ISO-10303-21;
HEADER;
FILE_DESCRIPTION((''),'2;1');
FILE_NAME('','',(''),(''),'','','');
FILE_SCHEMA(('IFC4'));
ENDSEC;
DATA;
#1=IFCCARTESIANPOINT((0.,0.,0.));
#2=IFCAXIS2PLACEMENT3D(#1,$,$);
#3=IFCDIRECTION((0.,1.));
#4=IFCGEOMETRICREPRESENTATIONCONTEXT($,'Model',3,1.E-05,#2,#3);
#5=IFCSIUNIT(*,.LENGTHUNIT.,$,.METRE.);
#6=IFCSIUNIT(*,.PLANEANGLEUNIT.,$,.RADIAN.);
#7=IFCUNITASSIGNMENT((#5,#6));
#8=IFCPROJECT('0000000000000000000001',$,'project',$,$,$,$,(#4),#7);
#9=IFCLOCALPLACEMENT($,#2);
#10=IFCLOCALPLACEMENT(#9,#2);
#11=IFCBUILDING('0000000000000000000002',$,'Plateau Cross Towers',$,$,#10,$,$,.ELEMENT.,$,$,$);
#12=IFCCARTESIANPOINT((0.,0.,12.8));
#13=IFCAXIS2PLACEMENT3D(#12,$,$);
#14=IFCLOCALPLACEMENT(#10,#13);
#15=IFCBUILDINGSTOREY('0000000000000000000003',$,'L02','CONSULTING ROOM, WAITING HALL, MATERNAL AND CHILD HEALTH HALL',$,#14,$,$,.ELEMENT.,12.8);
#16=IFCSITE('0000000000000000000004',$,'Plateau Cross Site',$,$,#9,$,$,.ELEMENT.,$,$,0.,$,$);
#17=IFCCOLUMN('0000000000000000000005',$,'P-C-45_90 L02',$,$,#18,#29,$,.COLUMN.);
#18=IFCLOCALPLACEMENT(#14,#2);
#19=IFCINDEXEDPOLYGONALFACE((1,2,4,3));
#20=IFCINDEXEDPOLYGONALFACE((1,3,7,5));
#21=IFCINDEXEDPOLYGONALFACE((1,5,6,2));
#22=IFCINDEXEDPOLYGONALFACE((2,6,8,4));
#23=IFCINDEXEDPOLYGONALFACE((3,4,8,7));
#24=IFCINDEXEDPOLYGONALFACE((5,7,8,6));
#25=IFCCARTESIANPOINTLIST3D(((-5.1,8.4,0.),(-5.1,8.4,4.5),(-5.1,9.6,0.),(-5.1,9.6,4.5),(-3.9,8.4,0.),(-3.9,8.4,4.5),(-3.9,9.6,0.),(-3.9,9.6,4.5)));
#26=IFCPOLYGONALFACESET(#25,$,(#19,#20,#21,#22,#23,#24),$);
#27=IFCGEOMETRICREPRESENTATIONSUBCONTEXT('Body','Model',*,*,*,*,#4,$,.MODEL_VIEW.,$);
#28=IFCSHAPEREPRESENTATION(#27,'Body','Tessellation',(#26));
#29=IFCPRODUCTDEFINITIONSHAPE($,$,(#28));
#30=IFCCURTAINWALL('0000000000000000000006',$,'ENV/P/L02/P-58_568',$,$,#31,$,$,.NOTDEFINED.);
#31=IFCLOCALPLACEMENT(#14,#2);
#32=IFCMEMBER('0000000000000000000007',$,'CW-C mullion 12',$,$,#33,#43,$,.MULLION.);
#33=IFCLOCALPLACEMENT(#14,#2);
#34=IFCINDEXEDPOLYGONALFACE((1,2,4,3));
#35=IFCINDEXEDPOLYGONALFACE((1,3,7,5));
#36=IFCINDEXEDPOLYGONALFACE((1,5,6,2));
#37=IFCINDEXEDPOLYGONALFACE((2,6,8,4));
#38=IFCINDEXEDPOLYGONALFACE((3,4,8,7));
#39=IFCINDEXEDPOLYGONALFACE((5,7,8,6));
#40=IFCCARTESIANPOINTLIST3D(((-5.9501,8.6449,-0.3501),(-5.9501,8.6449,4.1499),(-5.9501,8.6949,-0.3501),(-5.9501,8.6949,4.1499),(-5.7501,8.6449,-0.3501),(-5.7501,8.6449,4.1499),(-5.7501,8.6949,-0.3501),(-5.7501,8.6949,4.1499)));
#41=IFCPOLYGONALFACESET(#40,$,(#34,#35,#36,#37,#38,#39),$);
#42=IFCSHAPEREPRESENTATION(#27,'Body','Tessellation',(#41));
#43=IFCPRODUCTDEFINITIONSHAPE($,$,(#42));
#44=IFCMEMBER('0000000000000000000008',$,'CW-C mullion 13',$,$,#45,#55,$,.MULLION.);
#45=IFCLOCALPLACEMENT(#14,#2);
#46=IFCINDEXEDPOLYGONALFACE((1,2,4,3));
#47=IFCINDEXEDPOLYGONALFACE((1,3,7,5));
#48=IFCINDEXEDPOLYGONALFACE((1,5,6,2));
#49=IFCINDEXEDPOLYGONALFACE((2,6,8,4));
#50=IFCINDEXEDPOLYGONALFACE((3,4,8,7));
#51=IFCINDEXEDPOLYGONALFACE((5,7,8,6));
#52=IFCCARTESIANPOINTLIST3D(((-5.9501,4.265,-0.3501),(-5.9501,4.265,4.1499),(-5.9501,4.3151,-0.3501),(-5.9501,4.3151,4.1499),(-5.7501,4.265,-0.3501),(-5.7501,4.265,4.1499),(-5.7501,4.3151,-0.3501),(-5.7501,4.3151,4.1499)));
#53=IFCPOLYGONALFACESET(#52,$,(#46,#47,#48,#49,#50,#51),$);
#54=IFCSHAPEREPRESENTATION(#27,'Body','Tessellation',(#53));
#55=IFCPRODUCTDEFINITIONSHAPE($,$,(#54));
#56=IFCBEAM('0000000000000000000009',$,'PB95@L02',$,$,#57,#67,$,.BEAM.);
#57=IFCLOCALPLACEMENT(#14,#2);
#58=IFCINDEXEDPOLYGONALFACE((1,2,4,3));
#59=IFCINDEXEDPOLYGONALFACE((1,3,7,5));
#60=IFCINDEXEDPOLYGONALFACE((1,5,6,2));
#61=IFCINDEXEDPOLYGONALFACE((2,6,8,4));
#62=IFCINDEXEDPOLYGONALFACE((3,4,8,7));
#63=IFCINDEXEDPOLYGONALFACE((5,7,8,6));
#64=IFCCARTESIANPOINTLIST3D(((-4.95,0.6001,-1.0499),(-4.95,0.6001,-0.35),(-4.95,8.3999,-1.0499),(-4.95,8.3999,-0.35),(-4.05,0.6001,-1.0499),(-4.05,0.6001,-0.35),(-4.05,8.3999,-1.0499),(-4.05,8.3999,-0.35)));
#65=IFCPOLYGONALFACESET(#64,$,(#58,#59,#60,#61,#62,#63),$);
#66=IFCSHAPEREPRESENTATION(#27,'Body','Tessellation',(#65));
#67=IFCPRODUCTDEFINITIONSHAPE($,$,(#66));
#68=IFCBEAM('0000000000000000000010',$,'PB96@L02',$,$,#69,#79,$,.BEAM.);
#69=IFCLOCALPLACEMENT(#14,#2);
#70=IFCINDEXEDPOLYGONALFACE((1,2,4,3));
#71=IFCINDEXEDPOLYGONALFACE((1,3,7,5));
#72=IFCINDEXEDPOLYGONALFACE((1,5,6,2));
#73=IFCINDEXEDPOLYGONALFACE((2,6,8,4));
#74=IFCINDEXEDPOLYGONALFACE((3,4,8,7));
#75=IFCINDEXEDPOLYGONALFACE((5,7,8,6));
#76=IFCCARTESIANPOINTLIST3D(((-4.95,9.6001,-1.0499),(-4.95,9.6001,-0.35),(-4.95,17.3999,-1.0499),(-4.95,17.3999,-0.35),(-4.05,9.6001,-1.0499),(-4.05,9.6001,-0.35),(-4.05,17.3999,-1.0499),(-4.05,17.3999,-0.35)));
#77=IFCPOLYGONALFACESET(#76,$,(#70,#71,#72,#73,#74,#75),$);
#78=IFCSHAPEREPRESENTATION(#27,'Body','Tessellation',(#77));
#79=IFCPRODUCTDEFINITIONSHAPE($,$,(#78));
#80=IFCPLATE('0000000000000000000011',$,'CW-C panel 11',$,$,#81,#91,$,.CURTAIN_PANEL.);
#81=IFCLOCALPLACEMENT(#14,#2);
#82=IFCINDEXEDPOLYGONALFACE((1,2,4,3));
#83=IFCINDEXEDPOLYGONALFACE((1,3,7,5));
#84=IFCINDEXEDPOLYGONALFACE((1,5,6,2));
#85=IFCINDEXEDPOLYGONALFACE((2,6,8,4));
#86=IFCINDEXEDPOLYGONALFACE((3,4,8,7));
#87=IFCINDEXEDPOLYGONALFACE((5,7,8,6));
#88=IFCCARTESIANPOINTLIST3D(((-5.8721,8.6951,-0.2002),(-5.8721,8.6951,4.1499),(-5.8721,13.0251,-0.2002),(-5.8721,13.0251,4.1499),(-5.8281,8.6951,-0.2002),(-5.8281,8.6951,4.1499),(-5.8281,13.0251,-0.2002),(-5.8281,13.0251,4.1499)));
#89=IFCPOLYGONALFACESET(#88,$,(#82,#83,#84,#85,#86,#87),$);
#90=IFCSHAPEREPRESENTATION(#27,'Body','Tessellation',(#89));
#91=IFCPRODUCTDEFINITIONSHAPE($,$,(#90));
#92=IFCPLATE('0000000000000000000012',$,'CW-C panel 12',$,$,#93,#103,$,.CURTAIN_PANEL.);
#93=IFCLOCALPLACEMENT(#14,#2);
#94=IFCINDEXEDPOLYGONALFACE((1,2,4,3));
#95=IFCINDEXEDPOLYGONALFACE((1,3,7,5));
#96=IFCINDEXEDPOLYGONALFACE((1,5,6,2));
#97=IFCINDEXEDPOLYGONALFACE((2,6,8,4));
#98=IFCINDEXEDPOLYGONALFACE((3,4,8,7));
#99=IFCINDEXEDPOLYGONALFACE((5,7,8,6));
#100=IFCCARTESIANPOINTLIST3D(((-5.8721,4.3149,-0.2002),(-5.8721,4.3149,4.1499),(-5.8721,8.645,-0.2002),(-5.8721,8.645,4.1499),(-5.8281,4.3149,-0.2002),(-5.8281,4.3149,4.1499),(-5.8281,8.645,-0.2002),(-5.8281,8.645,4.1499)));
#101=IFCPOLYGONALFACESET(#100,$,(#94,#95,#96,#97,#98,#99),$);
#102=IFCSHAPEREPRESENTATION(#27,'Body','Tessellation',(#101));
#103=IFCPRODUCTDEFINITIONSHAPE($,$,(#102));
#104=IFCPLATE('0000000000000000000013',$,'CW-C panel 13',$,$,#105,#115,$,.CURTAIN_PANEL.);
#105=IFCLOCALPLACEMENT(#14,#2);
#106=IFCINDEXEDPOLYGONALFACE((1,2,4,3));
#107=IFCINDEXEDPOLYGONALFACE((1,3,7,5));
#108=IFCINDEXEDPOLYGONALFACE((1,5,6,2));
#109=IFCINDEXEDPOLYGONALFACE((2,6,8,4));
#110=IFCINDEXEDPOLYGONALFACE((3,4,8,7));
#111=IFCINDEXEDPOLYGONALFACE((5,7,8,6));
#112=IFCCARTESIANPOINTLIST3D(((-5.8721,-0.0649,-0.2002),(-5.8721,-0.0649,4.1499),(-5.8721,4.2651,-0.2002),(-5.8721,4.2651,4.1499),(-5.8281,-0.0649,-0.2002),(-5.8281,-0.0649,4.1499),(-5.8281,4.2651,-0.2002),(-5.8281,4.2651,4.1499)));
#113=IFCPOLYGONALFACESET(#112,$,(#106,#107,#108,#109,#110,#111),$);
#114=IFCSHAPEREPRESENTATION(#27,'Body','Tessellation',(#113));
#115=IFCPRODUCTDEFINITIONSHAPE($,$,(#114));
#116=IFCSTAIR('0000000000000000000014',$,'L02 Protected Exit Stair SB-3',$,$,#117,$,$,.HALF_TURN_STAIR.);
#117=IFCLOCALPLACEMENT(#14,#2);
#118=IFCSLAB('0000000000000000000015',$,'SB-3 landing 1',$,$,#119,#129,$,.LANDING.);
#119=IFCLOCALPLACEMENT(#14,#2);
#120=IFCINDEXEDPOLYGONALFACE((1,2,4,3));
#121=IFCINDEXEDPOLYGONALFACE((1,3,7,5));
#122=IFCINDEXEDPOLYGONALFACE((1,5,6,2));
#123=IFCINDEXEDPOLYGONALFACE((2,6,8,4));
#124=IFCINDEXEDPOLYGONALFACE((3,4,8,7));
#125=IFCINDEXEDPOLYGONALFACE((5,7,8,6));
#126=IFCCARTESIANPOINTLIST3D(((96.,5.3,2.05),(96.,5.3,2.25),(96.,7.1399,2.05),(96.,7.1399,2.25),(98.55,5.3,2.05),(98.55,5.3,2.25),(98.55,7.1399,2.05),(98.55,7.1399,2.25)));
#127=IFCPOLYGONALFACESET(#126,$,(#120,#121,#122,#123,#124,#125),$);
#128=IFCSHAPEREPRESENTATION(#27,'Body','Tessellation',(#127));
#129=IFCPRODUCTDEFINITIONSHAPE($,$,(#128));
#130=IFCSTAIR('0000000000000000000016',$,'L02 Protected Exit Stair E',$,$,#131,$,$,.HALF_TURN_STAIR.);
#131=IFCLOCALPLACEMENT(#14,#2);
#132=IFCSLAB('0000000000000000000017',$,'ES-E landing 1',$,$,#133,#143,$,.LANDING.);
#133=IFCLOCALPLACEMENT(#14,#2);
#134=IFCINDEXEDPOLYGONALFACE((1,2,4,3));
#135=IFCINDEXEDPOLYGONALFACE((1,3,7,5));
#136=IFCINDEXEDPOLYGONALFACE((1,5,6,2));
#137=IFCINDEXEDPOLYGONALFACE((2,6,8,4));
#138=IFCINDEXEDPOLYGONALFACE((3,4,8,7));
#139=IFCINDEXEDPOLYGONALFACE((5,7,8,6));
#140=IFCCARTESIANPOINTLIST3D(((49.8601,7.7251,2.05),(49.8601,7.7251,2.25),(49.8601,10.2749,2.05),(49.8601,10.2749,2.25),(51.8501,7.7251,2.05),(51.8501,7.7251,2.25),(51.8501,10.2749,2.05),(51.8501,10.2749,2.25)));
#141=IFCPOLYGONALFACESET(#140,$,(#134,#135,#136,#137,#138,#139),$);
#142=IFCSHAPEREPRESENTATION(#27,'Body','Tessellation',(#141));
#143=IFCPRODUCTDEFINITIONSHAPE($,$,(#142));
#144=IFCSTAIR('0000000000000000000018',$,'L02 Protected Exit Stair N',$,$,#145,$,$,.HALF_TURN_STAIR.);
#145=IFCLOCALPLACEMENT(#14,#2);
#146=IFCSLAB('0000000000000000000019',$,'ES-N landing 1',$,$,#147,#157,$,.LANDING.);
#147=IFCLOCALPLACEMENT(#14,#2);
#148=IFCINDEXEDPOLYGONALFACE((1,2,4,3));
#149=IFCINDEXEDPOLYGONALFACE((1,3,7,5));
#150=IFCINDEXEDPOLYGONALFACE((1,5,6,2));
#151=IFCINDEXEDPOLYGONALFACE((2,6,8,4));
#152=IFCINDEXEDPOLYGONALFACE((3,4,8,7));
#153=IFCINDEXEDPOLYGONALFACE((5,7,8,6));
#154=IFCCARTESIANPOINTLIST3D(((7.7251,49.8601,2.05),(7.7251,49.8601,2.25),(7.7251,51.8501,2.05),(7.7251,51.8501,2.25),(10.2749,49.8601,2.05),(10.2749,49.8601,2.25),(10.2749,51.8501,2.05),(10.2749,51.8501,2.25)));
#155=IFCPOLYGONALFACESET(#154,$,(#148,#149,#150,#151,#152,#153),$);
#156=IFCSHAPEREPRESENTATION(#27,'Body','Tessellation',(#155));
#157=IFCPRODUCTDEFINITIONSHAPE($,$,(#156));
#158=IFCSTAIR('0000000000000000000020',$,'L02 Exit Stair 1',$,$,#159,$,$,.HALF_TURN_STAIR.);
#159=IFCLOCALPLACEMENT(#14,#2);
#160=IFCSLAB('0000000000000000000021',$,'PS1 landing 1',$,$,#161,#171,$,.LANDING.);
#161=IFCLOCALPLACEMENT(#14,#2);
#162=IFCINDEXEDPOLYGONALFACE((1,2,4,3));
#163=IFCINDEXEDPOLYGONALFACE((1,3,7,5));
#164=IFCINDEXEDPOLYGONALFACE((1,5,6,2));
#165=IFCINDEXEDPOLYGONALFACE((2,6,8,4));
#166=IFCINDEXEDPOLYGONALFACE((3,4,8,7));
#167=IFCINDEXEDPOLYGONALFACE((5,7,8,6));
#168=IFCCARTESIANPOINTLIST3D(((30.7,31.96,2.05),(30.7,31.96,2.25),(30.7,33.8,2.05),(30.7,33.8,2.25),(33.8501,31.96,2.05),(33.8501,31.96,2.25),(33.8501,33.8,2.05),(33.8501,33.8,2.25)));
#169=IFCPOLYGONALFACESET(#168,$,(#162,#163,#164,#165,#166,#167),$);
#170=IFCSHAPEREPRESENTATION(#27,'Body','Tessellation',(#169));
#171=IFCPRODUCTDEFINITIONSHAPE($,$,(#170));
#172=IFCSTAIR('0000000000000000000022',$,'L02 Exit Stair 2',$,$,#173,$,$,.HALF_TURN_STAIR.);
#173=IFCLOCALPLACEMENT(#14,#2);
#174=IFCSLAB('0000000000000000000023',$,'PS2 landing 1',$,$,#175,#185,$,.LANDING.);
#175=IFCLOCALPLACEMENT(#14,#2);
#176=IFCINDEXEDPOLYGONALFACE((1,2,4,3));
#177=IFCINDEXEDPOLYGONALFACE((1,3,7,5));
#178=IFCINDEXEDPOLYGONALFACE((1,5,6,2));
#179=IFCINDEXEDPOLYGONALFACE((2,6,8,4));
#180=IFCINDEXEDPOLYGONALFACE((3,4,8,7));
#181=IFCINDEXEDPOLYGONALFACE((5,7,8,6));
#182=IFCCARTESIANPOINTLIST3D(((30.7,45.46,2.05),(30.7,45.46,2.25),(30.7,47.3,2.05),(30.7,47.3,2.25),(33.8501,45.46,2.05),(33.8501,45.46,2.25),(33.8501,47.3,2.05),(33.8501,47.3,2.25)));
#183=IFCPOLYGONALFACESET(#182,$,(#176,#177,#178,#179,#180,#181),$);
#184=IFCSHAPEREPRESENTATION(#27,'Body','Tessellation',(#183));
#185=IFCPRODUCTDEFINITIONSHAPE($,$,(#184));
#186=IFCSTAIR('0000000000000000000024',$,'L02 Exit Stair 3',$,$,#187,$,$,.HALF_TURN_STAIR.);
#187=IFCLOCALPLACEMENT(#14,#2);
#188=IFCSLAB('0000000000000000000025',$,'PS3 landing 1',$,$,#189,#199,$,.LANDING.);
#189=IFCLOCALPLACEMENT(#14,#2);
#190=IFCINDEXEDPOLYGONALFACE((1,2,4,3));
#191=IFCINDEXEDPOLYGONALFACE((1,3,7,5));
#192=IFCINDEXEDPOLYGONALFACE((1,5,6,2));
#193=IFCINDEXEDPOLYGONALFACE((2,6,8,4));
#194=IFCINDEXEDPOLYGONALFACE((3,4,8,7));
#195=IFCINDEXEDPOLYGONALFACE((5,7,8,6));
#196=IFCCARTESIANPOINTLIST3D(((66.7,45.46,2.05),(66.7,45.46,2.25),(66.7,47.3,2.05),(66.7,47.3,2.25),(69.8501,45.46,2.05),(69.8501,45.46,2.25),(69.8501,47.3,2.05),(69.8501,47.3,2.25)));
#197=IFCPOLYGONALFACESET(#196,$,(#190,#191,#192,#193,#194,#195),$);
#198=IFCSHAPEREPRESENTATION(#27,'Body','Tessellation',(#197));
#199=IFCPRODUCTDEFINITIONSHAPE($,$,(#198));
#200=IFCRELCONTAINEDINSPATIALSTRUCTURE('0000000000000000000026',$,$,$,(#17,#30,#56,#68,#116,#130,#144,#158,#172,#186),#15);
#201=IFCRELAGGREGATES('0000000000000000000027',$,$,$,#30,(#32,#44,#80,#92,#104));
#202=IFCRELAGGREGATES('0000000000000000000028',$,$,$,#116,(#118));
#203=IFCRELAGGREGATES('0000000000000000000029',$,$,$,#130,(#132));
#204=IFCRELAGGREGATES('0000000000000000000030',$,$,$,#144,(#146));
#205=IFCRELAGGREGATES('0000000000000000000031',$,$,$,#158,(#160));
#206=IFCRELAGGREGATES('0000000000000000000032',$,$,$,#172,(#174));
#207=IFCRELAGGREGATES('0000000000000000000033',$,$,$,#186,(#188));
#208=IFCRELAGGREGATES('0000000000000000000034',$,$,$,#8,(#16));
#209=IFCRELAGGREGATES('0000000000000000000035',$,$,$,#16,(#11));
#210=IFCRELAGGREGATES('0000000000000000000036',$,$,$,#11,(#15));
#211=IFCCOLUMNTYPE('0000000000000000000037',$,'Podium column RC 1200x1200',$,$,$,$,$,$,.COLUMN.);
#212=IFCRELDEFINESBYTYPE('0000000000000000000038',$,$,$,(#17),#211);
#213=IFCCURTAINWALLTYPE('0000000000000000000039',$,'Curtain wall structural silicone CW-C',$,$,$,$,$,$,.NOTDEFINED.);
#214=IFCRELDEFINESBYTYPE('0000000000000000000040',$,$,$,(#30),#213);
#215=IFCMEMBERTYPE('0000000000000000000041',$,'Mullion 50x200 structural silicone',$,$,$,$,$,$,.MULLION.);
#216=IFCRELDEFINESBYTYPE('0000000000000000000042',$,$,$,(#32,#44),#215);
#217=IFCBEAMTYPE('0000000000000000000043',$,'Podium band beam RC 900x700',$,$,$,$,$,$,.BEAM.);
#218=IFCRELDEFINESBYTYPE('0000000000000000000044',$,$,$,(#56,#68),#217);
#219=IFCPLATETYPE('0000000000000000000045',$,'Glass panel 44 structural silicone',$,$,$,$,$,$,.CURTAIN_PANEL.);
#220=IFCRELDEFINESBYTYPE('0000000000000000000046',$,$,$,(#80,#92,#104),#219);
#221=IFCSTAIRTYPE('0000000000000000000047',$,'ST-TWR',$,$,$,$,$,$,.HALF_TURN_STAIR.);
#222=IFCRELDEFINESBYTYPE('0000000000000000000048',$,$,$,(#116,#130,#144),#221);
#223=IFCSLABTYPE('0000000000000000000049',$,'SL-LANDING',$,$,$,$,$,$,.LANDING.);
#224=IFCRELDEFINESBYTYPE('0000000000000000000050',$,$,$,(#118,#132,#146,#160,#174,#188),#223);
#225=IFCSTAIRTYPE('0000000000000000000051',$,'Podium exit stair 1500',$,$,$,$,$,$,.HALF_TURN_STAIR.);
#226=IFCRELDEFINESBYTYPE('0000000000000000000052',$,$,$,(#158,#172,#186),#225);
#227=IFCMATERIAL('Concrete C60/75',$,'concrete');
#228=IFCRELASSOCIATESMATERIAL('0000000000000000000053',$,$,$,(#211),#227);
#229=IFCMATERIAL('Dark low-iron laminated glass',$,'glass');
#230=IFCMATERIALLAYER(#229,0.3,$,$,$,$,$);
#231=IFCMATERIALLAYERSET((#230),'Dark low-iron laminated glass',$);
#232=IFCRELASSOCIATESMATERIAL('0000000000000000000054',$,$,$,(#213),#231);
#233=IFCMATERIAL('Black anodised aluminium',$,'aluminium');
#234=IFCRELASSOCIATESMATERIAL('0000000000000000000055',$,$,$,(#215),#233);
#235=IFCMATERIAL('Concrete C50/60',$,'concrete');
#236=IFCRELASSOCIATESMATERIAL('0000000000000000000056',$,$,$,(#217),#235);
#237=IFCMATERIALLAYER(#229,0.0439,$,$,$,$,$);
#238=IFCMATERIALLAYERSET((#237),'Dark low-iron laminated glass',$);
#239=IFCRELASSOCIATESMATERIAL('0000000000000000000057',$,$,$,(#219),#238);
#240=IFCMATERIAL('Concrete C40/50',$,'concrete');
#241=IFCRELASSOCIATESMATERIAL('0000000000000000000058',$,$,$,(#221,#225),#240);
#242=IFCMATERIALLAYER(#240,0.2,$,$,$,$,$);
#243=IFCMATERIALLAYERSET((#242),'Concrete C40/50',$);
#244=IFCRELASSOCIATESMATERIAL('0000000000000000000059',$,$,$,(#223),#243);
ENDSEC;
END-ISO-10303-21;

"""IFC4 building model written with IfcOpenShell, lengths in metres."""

from ifc_helpers import new_model, si_unit, direction, frame, origin, origin_2d, place, context, subcontext, project, spatial, polyline, rectangle, outline, extrude, material, layer, layer_set, material_profile, profile_set, type_object, element, aggregate, save


model = new_model("IFC4")

# Units and contexts
model_context = context("Model", 3, precision=1e-05, world=origin(), true_north=direction((0.0, 1.0)))
body_context = subcontext(model_context, "Body", "Model", "MODEL_VIEW")
ifc_project = project(units=[si_unit("LENGTHUNIT", "METRE"), si_unit("PLANEANGLEUNIT", "RADIAN")], contexts=[model_context])

# Site, building, storey
site_placement = place(None, origin())
site = spatial("IfcSite", under=ifc_project, at=site_placement, Name="Plateau Cross Site", CompositionType="ELEMENT", RefElevation=0.0)
building_placement = place(site_placement, origin())
building = spatial("IfcBuilding", under=site, at=building_placement, Name="Plateau Cross Towers", CompositionType="ELEMENT")
storey_placement = place(building_placement, frame((0.0, 0.0, 12.8)))
storey = spatial("IfcBuildingStorey", under=building, at=storey_placement, Name="L02", Description="CONSULTING ROOM, WAITING HALL, MATERNAL AND CHILD HEALTH HALL", CompositionType="ELEMENT", Elevation=12.8)

# Column
ifc_material_1 = material(Name="Concrete C60/75", Category="concrete")
ifc_material_profile_1 = material_profile(ifc_material_1, rectangle(XDim=1.2, YDim=1.2, at=origin_2d()), Name="RC 1200x1200")
ifc_profile_set_1 = profile_set([ifc_material_profile_1], Name="Concrete C60/75")
column_type = type_object("IfcColumnType", Name="Podium column RC 1200x1200", PredefinedType="COLUMN", material=ifc_profile_set_1)
column_placement = place(storey_placement, frame((-4.5, 9.0, 0.0), z_axis=(0.0, 0.0, 1.0), x_axis=(1.0, 0.0, 0.0)))
element("IfcColumn", 1, at=column_placement, inside=storey, type_object=column_type, Name="P-C-45_90 L02", PredefinedType="COLUMN", context=body_context, shape_type="SweptSolid", body=[
    extrude(rectangle(XDim=1.2, YDim=1.2, at=origin_2d()), origin(), (0.0, 0.0, 1.0), 4.5),
])

# Curtain wall, members
ifc_material_2 = material(Name="Dark low-iron laminated glass", Category="glass")
ifc_layer_1 = layer(ifc_material_2, 0.3)
ifc_layer_set_1 = layer_set([ifc_layer_1], Name="Dark low-iron laminated glass")
curtain_wall_type = type_object("IfcCurtainWallType", Name="Curtain wall structural silicone CW-C", PredefinedType="NOTDEFINED", material=ifc_layer_set_1)
curtain_wall_placement = place(storey_placement, origin())
curtain_wall = element("IfcCurtainWall", 2, at=curtain_wall_placement, inside=storey, type_object=curtain_wall_type, Name="ENV/P/L02/P-58_568", PredefinedType="NOTDEFINED")
ifc_material_3 = material(Name="Black anodised aluminium", Category="aluminium")
ifc_material_profile_2 = material_profile(ifc_material_3, rectangle(XDim=0.05, YDim=0.2, at=origin_2d()), Name="MULLION 50x200")
ifc_profile_set_2 = profile_set([ifc_material_profile_2], Name="Black anodised aluminium")
member_type = type_object("IfcMemberType", Name="Mullion 50x200 structural silicone", PredefinedType="MULLION", material=ifc_profile_set_2)
member_1_placement = place(storey_placement, frame((-5.8501, 8.6699, -0.3501), z_axis=(0.0, 0.0, 1.0), x_axis=(0.0, -1.0, 0.0)))
member_1 = element("IfcMember", 3, at=member_1_placement, type_object=member_type, Name="CW-C mullion 12", PredefinedType="MULLION", context=body_context, shape_type="SweptSolid", body=[
    extrude(rectangle(XDim=0.05, YDim=0.2, at=origin_2d()), origin(), (0.0, 0.0, 1.0), 4.5),
])
member_2_placement = place(storey_placement, frame((-5.8501, 4.29, -0.3501), z_axis=(0.0, 0.0, 1.0), x_axis=(0.0, -1.0, 0.0)))
member_2 = element("IfcMember", 4, at=member_2_placement, type_object=member_type, Name="CW-C mullion 13", PredefinedType="MULLION", context=body_context, shape_type="SweptSolid", body=[
    extrude(rectangle(XDim=0.05, YDim=0.2, at=origin_2d()), origin(), (0.0, 0.0, 1.0), 4.5),
])

# Beams
ifc_material_4 = material(Name="Concrete C50/60", Category="concrete")
ifc_material_profile_3 = material_profile(ifc_material_4, rectangle(XDim=0.8999, YDim=0.7, at=origin_2d()), Name="RC 900x700")
ifc_profile_set_3 = profile_set([ifc_material_profile_3], Name="Concrete C50/60")
beam_type = type_object("IfcBeamType", Name="Podium band beam RC 900x700", PredefinedType="BEAM", material=ifc_profile_set_3)
for number, where, z_axis, x_axis, name in (
    (5, (-4.5, 0.6001, -0.7), (0.0, 1.0, 0.0), (-1.0, 0.0, 0.0), "PB95@L02"),
    (6, (-4.5, 9.6001, -0.7), (0.0, 1.0, 0.0), (-1.0, 0.0, 0.0), "PB96@L02"),
):
    element("IfcBeam", number, at=place(storey_placement, frame(where, z_axis=z_axis, x_axis=x_axis)), inside=storey, type_object=beam_type, Name=name, PredefinedType="BEAM", context=body_context, shape_type="SweptSolid", body=[
        extrude(rectangle(XDim=0.8999, YDim=0.7, at=origin_2d()), origin(), (0.0, 0.0, 1.0), 7.7998),
    ])

# Plates
ifc_layer_2 = layer(ifc_material_2, 0.0439)
ifc_layer_set_2 = layer_set([ifc_layer_2], Name="Dark low-iron laminated glass")
plate_type = type_object("IfcPlateType", Name="Glass panel 44 structural silicone", PredefinedType="CURTAIN_PANEL", material=ifc_layer_set_2)
plate_1_placement = place(storey_placement, frame((-5.8501, 10.8601, -0.2002), z_axis=(0.0, 0.0, 1.0), x_axis=(0.0, -1.0, 0.0)))
plate_1 = element("IfcPlate", 7, at=plate_1_placement, type_object=plate_type, Name="CW-C panel 11", PredefinedType="CURTAIN_PANEL", context=body_context, shape_type="SweptSolid", body=[
    extrude(rectangle(XDim=4.3301, YDim=0.0439, at=origin_2d()), origin(), (0.0, 0.0, 1.0), 4.3501),
])
plate_2_placement = place(storey_placement, frame((-5.8501, 6.48, -0.2002), z_axis=(0.0, 0.0, 1.0), x_axis=(0.0, -1.0, 0.0)))
plate_2 = element("IfcPlate", 8, at=plate_2_placement, type_object=plate_type, Name="CW-C panel 12", PredefinedType="CURTAIN_PANEL", context=body_context, shape_type="SweptSolid", body=[
    extrude(rectangle(XDim=4.3301, YDim=0.0439, at=origin_2d()), origin(), (0.0, 0.0, 1.0), 4.3501),
])
plate_3_placement = place(storey_placement, frame((-5.8501, 2.1001, -0.2002), z_axis=(0.0, 0.0, 1.0), x_axis=(0.0, -1.0, 0.0)))
plate_3 = element("IfcPlate", 9, at=plate_3_placement, type_object=plate_type, Name="CW-C panel 13", PredefinedType="CURTAIN_PANEL", context=body_context, shape_type="SweptSolid", body=[
    extrude(rectangle(XDim=4.3301, YDim=0.0439, at=origin_2d()), origin(), (0.0, 0.0, 1.0), 4.3501),
])
aggregate(curtain_wall, [member_1, member_2, plate_1, plate_2, plate_3])

# Stairs, slabs
ifc_material_5 = material(Name="Concrete C40/50", Category="concrete")
stair_type_1 = type_object("IfcStairType", Name="ST-TWR", PredefinedType="HALF_TURN_STAIR", material=ifc_material_5)
stair_1_placement = place(storey_placement, origin())
stair_1 = element("IfcStair", 10, at=stair_1_placement, inside=storey, type_object=stair_type_1, Name="L02 Protected Exit Stair SB-3", PredefinedType="HALF_TURN_STAIR")
ifc_layer_3 = layer(ifc_material_5, 0.2)
ifc_layer_set_3 = layer_set([ifc_layer_3], Name="Concrete C40/50")
slab_type = type_object("IfcSlabType", Name="SL-LANDING", PredefinedType="LANDING", material=ifc_layer_set_3)
slab_1_placement = place(storey_placement, frame((0.0, 0.0, 2.05)))
slab_1 = element("IfcSlab", 11, at=slab_1_placement, type_object=slab_type, Name="SB-3 landing 1", PredefinedType="LANDING", context=body_context, shape_type="SweptSolid", body=[
    extrude(outline(polyline([(96.0, 7.1399), (96.0, 5.3), (98.55, 5.3), (98.55, 7.1399), (96.0, 7.1399)])), origin(), (0.0, 0.0, 1.0), 0.2),
])
aggregate(stair_1, [slab_1])
stair_2_placement = place(storey_placement, origin())
stair_2 = element("IfcStair", 12, at=stair_2_placement, inside=storey, type_object=stair_type_1, Name="L02 Protected Exit Stair E", PredefinedType="HALF_TURN_STAIR")
slab_2_placement = place(storey_placement, frame((0.0, 0.0, 2.05)))
slab_2 = element("IfcSlab", 13, at=slab_2_placement, type_object=slab_type, Name="ES-E landing 1", PredefinedType="LANDING", context=body_context, shape_type="SweptSolid", body=[
    extrude(outline(polyline([(49.8601, 7.7251), (51.8501, 7.7251), (51.8501, 10.2749), (49.8601, 10.2749), (49.8601, 7.7251)])), origin(), (0.0, 0.0, 1.0), 0.2),
])
aggregate(stair_2, [slab_2])
stair_3_placement = place(storey_placement, origin())
stair_3 = element("IfcStair", 14, at=stair_3_placement, inside=storey, type_object=stair_type_1, Name="L02 Protected Exit Stair N", PredefinedType="HALF_TURN_STAIR")
slab_3_placement = place(storey_placement, frame((0.0, 0.0, 2.05)))
slab_3 = element("IfcSlab", 15, at=slab_3_placement, type_object=slab_type, Name="ES-N landing 1", PredefinedType="LANDING", context=body_context, shape_type="SweptSolid", body=[
    extrude(outline(polyline([(10.2749, 49.8601), (10.2749, 51.8501), (7.7251, 51.8501), (7.7251, 49.8601), (10.2749, 49.8601)])), origin(), (0.0, 0.0, 1.0), 0.2),
])
aggregate(stair_3, [slab_3])
stair_type_2 = type_object("IfcStairType", Name="Podium exit stair 1500", PredefinedType="HALF_TURN_STAIR", material=ifc_material_5)
stair_4_placement = place(storey_placement, origin())
stair_4 = element("IfcStair", 16, at=stair_4_placement, inside=storey, type_object=stair_type_2, Name="L02 Exit Stair 1", PredefinedType="HALF_TURN_STAIR")
slab_4_placement = place(storey_placement, frame((0.0, 0.0, 2.05)))
slab_4 = element("IfcSlab", 17, at=slab_4_placement, type_object=slab_type, Name="PS1 landing 1", PredefinedType="LANDING", context=body_context, shape_type="SweptSolid", body=[
    extrude(outline(polyline([(33.8501, 31.96), (33.8501, 33.8), (30.7, 33.8), (30.7, 31.96), (33.8501, 31.96)])), origin(), (0.0, 0.0, 1.0), 0.2),
])
aggregate(stair_4, [slab_4])
stair_5_placement = place(storey_placement, origin())
stair_5 = element("IfcStair", 18, at=stair_5_placement, inside=storey, type_object=stair_type_2, Name="L02 Exit Stair 2", PredefinedType="HALF_TURN_STAIR")
slab_5_placement = place(storey_placement, frame((0.0, 0.0, 2.05)))
slab_5 = element("IfcSlab", 19, at=slab_5_placement, type_object=slab_type, Name="PS2 landing 1", PredefinedType="LANDING", context=body_context, shape_type="SweptSolid", body=[
    extrude(outline(polyline([(33.8501, 45.46), (33.8501, 47.3), (30.7, 47.3), (30.7, 45.46), (33.8501, 45.46)])), origin(), (0.0, 0.0, 1.0), 0.2),
])
aggregate(stair_5, [slab_5])
stair_6_placement = place(storey_placement, origin())
stair_6 = element("IfcStair", 20, at=stair_6_placement, inside=storey, type_object=stair_type_2, Name="L02 Exit Stair 3", PredefinedType="HALF_TURN_STAIR")
slab_6_placement = place(storey_placement, frame((0.0, 0.0, 2.05)))
slab_6 = element("IfcSlab", 21, at=slab_6_placement, type_object=slab_type, Name="PS3 landing 1", PredefinedType="LANDING", context=body_context, shape_type="SweptSolid", body=[
    extrude(outline(polyline([(69.8501, 45.46), (69.8501, 47.3), (66.7, 47.3), (66.7, 45.46), (69.8501, 45.46)])), origin(), (0.0, 0.0, 1.0), 0.2),
])
aggregate(stair_6, [slab_6])

save(model, "model.ifc")
